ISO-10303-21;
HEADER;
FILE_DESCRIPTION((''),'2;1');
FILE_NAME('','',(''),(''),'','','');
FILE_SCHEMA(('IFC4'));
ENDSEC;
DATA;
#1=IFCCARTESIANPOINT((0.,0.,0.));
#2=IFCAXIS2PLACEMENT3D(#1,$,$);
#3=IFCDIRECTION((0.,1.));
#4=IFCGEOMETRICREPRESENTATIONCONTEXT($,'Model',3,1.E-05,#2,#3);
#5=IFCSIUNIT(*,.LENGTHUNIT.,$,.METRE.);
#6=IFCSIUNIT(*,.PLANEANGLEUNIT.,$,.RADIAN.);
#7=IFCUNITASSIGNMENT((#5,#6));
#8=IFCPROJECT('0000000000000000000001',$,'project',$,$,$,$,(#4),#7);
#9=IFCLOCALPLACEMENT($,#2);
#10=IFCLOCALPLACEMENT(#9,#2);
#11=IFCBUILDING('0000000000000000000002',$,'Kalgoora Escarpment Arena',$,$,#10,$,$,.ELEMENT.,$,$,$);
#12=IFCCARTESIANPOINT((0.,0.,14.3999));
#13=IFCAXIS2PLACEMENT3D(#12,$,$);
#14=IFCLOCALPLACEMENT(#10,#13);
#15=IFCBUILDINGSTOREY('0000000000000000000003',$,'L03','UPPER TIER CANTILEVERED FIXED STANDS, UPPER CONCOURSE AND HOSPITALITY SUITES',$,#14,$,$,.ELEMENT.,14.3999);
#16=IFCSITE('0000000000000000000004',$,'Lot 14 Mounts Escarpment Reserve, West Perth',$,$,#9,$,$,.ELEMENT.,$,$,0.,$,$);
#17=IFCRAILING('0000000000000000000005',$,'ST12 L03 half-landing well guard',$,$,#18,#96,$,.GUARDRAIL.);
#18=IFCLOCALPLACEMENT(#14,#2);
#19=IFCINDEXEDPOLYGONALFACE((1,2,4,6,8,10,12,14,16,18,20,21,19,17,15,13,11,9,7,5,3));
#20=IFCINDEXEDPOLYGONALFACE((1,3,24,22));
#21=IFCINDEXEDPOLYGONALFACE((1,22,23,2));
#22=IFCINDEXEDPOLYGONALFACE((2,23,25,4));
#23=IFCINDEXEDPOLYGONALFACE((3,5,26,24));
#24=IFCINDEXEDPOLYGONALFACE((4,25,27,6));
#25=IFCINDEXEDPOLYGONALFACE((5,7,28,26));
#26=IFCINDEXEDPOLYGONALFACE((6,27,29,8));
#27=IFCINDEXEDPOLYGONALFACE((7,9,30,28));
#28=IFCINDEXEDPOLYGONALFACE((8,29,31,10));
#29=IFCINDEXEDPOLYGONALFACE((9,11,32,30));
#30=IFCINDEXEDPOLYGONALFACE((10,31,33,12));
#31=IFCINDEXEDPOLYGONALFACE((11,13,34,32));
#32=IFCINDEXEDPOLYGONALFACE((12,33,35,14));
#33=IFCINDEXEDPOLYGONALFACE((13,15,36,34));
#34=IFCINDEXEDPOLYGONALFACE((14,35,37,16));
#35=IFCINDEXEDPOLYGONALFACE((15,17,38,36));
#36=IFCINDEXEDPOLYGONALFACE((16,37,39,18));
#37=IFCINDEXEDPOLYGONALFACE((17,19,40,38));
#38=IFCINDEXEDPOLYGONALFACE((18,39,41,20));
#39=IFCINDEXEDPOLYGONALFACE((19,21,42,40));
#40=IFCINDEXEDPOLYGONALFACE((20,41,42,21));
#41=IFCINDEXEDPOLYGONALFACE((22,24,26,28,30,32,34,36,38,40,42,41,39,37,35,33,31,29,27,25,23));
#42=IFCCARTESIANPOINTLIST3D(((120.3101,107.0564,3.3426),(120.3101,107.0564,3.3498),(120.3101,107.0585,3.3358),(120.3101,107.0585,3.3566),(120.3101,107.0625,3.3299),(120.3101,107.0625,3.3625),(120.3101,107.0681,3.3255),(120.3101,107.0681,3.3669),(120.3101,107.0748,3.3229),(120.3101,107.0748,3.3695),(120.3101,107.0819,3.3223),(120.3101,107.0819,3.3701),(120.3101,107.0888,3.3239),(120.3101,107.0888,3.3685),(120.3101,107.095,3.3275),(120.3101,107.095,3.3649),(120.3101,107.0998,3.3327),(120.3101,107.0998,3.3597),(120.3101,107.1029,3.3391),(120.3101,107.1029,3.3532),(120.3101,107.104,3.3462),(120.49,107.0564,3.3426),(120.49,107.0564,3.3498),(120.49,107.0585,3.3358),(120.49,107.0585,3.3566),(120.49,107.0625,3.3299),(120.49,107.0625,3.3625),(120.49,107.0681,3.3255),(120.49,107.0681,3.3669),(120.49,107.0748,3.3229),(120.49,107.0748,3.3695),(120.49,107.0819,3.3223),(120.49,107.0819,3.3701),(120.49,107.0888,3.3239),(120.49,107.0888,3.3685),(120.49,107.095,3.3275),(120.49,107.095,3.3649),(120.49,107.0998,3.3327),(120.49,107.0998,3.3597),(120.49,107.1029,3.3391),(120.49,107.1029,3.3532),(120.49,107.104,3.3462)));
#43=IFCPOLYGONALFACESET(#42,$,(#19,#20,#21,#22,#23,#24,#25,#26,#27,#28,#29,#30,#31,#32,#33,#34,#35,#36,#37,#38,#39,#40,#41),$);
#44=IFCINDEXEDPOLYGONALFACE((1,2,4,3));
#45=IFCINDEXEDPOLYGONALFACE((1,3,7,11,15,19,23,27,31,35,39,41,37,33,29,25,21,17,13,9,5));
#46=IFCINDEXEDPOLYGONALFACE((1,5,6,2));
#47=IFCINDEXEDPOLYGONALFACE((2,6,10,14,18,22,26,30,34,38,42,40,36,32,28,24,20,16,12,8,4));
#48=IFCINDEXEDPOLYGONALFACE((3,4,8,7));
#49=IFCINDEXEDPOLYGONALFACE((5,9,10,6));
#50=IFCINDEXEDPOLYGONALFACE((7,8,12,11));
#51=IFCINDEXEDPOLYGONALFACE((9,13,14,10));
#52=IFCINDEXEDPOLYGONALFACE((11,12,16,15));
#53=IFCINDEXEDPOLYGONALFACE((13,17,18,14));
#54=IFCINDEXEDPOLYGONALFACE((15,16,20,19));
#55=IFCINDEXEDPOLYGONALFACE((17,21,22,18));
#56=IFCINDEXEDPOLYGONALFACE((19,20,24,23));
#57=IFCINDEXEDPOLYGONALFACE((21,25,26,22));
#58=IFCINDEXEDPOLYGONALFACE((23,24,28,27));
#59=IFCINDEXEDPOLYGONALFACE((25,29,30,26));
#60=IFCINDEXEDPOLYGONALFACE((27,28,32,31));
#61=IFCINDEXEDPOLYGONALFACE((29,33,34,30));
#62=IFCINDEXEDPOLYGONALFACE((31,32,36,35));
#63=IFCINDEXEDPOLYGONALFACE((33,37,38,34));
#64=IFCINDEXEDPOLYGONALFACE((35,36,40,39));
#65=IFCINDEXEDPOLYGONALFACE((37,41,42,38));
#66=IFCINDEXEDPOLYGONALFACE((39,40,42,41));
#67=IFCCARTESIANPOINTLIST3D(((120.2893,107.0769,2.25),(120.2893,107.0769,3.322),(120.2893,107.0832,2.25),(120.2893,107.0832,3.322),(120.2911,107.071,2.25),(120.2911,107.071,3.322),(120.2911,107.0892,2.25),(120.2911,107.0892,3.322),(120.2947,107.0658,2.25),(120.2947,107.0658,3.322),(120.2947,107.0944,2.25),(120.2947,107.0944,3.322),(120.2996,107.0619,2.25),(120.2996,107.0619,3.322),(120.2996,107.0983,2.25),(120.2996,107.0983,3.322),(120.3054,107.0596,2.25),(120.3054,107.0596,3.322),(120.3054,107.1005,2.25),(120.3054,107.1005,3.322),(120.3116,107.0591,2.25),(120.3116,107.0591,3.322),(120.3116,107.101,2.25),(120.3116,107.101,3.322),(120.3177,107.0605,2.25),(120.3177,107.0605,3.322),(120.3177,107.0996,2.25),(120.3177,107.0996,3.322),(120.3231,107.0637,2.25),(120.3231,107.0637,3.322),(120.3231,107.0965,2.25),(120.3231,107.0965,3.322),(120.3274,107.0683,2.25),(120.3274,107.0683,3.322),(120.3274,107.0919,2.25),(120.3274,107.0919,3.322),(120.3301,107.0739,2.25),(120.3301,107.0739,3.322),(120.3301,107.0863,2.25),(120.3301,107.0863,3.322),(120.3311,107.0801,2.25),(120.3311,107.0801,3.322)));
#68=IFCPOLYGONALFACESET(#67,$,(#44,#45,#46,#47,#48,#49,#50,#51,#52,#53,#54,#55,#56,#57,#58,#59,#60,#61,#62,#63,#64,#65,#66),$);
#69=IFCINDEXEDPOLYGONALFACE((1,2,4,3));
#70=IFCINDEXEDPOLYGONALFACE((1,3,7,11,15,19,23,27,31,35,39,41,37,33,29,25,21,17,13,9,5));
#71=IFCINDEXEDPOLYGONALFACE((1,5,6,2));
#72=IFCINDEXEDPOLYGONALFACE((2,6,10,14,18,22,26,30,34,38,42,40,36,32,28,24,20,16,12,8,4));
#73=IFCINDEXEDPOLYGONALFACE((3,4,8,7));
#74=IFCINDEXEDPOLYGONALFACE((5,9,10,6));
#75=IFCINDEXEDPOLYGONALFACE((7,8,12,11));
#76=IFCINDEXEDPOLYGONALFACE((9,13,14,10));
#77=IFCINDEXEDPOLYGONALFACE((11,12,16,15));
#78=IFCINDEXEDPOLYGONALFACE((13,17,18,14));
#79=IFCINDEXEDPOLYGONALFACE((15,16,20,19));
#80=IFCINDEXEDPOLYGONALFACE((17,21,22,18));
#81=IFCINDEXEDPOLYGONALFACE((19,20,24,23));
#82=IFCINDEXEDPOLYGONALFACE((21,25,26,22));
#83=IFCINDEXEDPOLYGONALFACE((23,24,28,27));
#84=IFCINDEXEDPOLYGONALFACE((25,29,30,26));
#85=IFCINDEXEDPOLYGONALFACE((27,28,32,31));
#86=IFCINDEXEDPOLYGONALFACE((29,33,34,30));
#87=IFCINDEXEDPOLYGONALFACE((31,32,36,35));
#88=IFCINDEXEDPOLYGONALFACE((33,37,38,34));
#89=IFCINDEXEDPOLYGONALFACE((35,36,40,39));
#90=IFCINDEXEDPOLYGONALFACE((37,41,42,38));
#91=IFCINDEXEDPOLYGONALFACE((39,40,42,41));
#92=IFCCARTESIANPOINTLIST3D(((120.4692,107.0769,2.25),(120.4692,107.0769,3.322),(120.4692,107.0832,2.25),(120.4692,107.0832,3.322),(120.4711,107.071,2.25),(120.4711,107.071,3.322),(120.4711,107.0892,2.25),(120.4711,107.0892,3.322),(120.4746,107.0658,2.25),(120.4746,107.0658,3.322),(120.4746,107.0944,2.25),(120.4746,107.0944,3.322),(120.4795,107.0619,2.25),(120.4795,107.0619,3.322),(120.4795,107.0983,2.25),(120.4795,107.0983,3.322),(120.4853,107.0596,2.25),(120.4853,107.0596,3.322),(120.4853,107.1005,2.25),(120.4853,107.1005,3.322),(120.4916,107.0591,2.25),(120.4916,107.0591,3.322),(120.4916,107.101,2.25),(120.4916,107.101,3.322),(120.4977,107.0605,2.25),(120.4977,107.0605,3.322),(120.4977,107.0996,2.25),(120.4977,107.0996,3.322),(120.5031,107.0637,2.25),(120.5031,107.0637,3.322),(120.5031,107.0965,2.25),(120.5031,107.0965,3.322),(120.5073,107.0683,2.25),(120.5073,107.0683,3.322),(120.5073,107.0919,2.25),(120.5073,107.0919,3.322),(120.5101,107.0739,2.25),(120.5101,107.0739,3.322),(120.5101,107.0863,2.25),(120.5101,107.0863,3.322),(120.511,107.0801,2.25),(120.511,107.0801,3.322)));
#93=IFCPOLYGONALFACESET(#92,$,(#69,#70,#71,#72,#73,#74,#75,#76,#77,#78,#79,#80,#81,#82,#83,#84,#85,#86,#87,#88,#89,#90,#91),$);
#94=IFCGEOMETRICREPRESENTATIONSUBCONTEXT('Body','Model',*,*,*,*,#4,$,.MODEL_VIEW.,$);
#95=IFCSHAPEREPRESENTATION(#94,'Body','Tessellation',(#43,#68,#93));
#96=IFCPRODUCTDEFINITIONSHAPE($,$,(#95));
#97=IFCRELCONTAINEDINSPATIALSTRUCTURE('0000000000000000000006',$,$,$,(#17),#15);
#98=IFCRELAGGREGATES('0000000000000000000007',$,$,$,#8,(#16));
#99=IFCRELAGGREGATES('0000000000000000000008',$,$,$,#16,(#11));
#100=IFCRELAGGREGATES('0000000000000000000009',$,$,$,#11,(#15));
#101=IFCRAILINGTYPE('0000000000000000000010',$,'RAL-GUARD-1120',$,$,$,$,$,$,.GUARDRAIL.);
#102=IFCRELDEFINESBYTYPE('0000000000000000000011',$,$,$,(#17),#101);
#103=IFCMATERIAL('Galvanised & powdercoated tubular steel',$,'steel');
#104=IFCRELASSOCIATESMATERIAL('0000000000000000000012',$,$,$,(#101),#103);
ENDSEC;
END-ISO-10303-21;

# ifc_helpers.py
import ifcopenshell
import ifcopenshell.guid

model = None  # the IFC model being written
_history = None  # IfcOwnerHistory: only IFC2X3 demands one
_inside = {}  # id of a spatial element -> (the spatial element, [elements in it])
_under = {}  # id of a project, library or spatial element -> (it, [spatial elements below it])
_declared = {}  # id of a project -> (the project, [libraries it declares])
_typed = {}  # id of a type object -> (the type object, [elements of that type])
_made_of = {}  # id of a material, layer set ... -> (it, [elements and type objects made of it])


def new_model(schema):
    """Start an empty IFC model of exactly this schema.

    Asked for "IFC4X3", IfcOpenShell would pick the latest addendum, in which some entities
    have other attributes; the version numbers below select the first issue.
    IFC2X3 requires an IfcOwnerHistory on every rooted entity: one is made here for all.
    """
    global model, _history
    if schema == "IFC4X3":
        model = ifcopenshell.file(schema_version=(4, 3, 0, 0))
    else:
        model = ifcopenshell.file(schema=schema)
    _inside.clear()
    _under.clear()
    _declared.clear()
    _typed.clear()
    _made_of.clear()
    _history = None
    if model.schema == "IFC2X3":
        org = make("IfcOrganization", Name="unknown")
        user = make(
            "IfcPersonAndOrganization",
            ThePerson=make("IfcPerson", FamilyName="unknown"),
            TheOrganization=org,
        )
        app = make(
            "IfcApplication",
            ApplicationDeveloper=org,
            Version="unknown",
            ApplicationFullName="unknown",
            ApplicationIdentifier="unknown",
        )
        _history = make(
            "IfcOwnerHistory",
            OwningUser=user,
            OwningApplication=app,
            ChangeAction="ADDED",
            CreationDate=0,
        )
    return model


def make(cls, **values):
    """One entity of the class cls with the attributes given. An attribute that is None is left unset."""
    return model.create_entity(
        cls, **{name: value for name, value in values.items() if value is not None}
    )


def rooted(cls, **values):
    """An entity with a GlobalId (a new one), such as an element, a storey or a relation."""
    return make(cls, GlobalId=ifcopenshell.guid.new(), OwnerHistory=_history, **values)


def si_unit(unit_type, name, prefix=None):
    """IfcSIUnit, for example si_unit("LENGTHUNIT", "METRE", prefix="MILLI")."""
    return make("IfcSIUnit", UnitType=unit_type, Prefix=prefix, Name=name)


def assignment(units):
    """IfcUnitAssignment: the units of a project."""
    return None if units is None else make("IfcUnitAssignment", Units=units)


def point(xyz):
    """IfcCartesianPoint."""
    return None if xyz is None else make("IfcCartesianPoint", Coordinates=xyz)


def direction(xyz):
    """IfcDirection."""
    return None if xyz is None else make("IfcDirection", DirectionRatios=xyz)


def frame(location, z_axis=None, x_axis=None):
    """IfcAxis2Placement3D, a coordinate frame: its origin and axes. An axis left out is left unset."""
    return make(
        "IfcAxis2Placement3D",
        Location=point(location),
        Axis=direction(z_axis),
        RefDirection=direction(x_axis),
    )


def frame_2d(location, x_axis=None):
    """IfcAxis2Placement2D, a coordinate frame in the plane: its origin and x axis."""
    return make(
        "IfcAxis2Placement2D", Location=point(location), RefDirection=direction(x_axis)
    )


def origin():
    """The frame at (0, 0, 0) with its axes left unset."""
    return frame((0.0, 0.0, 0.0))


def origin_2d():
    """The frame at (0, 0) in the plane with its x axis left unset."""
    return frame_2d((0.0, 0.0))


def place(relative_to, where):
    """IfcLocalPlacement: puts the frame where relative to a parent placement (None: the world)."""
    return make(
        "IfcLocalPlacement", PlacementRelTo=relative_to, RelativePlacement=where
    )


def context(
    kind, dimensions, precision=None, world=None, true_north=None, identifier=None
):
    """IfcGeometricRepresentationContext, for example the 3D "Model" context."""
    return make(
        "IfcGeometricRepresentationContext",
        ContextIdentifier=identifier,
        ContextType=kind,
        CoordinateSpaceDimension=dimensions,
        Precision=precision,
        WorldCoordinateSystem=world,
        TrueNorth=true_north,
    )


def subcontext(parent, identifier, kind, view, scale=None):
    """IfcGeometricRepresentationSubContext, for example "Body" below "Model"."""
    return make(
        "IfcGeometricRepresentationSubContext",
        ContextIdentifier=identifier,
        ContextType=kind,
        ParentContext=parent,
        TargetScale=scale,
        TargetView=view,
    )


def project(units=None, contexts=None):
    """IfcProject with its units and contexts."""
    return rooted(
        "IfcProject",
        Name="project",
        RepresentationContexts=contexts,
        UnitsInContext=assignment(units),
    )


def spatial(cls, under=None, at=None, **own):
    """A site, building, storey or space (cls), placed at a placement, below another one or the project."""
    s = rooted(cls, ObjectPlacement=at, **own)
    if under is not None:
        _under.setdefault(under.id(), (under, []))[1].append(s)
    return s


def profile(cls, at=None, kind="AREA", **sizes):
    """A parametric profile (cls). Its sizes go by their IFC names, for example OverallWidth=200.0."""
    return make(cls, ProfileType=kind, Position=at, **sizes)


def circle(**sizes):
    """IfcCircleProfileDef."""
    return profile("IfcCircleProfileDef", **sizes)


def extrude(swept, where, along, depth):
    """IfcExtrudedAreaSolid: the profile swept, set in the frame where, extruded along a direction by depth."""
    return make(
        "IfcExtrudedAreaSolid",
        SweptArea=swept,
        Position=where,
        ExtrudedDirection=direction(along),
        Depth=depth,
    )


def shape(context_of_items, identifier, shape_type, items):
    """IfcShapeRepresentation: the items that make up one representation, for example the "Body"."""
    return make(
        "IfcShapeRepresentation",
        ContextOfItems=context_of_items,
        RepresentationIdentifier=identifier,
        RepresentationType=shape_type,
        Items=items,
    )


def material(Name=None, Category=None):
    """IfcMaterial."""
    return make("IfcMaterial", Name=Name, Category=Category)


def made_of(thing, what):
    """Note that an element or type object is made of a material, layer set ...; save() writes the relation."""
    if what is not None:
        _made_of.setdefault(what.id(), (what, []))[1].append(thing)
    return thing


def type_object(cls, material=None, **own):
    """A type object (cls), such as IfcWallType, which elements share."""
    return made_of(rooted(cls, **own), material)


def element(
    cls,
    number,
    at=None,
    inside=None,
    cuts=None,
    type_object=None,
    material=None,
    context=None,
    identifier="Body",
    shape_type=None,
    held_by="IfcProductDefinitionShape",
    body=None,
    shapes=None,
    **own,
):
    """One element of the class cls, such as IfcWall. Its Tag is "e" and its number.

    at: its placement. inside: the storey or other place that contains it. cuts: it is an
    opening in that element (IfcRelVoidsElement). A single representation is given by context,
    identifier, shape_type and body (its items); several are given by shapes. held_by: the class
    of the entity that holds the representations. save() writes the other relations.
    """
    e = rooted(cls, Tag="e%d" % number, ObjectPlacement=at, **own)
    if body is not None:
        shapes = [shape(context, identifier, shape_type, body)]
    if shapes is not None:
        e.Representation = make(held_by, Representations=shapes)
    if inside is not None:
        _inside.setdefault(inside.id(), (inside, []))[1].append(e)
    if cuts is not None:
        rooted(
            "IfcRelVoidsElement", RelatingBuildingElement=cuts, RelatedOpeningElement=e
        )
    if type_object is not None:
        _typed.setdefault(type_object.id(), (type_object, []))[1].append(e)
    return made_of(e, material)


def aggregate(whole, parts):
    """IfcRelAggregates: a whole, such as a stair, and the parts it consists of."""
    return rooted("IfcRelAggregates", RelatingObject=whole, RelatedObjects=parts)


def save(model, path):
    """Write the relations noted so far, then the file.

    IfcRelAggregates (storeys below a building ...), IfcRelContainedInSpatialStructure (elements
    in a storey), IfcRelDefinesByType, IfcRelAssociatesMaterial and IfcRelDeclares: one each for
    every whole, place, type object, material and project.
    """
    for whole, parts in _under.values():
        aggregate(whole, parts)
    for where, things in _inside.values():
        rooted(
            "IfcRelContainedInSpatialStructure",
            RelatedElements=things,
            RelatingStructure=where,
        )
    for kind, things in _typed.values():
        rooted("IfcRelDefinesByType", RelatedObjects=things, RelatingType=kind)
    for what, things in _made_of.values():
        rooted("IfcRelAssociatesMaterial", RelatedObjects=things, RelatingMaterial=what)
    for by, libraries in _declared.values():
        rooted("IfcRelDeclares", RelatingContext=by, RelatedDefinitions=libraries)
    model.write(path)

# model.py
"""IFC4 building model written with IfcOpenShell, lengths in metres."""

from ifc_helpers import new_model, si_unit, direction, frame, origin, origin_2d, place, context, subcontext, project, spatial, circle, extrude, material, type_object, element, save


model = new_model("IFC4")

# Units and contexts
model_context = context("Model", 3, precision=1e-05, world=origin(), true_north=direction((0.0, 1.0)))
body_context = subcontext(model_context, "Body", "Model", "MODEL_VIEW")
ifc_project = project(units=[si_unit("LENGTHUNIT", "METRE"), si_unit("PLANEANGLEUNIT", "RADIAN")], contexts=[model_context])

# Site, building, storey
site_placement = place(None, origin())
site = spatial("IfcSite", under=ifc_project, at=site_placement, Name="Lot 14 Mounts Escarpment Reserve, West Perth", CompositionType="ELEMENT", RefElevation=0.0)
building_placement = place(site_placement, origin())
building = spatial("IfcBuilding", under=site, at=building_placement, Name="Kalgoora Escarpment Arena", CompositionType="ELEMENT")
storey_placement = place(building_placement, frame((0.0, 0.0, 14.3999)))
storey = spatial("IfcBuildingStorey", under=building, at=storey_placement, Name="L03", Description="UPPER TIER CANTILEVERED FIXED STANDS, UPPER CONCOURSE AND HOSPITALITY SUITES", CompositionType="ELEMENT", Elevation=14.3999)

# Railing
ifc_material_1 = material(Name="Galvanised & powdercoated tubular steel", Category="steel")
railing_type_1 = type_object("IfcRailingType", Name="RAL-GUARD-1120", PredefinedType="GUARDRAIL", material=ifc_material_1)
railing_1_placement = place(storey_placement, frame((120.3101, 107.0801, 2.25)))
element("IfcRailing", 1, at=railing_1_placement, inside=storey, type_object=railing_type_1, Name="ST12 L03 half-landing well guard", PredefinedType="GUARDRAIL", context=body_context, shape_type="SweptSolid", body=[
    extrude(circle(Radius=0.0239, at=origin_2d()), frame((0.0, 0.0, 1.0962), z_axis=(1.0, 0.0, 0.0), x_axis=(0.0, 1.0, 0.0)), (0.0, 0.0, 1.0), 0.1799),
    extrude(circle(Radius=0.021, at=origin_2d()), origin(), (0.0, 0.0, 1.0), 1.072),
    extrude(circle(Radius=0.021, at=origin_2d()), frame((0.1799, 0.0, 0.0)), (0.0, 0.0, 1.0), 1.072),
])

save(model, "model.ifc")
